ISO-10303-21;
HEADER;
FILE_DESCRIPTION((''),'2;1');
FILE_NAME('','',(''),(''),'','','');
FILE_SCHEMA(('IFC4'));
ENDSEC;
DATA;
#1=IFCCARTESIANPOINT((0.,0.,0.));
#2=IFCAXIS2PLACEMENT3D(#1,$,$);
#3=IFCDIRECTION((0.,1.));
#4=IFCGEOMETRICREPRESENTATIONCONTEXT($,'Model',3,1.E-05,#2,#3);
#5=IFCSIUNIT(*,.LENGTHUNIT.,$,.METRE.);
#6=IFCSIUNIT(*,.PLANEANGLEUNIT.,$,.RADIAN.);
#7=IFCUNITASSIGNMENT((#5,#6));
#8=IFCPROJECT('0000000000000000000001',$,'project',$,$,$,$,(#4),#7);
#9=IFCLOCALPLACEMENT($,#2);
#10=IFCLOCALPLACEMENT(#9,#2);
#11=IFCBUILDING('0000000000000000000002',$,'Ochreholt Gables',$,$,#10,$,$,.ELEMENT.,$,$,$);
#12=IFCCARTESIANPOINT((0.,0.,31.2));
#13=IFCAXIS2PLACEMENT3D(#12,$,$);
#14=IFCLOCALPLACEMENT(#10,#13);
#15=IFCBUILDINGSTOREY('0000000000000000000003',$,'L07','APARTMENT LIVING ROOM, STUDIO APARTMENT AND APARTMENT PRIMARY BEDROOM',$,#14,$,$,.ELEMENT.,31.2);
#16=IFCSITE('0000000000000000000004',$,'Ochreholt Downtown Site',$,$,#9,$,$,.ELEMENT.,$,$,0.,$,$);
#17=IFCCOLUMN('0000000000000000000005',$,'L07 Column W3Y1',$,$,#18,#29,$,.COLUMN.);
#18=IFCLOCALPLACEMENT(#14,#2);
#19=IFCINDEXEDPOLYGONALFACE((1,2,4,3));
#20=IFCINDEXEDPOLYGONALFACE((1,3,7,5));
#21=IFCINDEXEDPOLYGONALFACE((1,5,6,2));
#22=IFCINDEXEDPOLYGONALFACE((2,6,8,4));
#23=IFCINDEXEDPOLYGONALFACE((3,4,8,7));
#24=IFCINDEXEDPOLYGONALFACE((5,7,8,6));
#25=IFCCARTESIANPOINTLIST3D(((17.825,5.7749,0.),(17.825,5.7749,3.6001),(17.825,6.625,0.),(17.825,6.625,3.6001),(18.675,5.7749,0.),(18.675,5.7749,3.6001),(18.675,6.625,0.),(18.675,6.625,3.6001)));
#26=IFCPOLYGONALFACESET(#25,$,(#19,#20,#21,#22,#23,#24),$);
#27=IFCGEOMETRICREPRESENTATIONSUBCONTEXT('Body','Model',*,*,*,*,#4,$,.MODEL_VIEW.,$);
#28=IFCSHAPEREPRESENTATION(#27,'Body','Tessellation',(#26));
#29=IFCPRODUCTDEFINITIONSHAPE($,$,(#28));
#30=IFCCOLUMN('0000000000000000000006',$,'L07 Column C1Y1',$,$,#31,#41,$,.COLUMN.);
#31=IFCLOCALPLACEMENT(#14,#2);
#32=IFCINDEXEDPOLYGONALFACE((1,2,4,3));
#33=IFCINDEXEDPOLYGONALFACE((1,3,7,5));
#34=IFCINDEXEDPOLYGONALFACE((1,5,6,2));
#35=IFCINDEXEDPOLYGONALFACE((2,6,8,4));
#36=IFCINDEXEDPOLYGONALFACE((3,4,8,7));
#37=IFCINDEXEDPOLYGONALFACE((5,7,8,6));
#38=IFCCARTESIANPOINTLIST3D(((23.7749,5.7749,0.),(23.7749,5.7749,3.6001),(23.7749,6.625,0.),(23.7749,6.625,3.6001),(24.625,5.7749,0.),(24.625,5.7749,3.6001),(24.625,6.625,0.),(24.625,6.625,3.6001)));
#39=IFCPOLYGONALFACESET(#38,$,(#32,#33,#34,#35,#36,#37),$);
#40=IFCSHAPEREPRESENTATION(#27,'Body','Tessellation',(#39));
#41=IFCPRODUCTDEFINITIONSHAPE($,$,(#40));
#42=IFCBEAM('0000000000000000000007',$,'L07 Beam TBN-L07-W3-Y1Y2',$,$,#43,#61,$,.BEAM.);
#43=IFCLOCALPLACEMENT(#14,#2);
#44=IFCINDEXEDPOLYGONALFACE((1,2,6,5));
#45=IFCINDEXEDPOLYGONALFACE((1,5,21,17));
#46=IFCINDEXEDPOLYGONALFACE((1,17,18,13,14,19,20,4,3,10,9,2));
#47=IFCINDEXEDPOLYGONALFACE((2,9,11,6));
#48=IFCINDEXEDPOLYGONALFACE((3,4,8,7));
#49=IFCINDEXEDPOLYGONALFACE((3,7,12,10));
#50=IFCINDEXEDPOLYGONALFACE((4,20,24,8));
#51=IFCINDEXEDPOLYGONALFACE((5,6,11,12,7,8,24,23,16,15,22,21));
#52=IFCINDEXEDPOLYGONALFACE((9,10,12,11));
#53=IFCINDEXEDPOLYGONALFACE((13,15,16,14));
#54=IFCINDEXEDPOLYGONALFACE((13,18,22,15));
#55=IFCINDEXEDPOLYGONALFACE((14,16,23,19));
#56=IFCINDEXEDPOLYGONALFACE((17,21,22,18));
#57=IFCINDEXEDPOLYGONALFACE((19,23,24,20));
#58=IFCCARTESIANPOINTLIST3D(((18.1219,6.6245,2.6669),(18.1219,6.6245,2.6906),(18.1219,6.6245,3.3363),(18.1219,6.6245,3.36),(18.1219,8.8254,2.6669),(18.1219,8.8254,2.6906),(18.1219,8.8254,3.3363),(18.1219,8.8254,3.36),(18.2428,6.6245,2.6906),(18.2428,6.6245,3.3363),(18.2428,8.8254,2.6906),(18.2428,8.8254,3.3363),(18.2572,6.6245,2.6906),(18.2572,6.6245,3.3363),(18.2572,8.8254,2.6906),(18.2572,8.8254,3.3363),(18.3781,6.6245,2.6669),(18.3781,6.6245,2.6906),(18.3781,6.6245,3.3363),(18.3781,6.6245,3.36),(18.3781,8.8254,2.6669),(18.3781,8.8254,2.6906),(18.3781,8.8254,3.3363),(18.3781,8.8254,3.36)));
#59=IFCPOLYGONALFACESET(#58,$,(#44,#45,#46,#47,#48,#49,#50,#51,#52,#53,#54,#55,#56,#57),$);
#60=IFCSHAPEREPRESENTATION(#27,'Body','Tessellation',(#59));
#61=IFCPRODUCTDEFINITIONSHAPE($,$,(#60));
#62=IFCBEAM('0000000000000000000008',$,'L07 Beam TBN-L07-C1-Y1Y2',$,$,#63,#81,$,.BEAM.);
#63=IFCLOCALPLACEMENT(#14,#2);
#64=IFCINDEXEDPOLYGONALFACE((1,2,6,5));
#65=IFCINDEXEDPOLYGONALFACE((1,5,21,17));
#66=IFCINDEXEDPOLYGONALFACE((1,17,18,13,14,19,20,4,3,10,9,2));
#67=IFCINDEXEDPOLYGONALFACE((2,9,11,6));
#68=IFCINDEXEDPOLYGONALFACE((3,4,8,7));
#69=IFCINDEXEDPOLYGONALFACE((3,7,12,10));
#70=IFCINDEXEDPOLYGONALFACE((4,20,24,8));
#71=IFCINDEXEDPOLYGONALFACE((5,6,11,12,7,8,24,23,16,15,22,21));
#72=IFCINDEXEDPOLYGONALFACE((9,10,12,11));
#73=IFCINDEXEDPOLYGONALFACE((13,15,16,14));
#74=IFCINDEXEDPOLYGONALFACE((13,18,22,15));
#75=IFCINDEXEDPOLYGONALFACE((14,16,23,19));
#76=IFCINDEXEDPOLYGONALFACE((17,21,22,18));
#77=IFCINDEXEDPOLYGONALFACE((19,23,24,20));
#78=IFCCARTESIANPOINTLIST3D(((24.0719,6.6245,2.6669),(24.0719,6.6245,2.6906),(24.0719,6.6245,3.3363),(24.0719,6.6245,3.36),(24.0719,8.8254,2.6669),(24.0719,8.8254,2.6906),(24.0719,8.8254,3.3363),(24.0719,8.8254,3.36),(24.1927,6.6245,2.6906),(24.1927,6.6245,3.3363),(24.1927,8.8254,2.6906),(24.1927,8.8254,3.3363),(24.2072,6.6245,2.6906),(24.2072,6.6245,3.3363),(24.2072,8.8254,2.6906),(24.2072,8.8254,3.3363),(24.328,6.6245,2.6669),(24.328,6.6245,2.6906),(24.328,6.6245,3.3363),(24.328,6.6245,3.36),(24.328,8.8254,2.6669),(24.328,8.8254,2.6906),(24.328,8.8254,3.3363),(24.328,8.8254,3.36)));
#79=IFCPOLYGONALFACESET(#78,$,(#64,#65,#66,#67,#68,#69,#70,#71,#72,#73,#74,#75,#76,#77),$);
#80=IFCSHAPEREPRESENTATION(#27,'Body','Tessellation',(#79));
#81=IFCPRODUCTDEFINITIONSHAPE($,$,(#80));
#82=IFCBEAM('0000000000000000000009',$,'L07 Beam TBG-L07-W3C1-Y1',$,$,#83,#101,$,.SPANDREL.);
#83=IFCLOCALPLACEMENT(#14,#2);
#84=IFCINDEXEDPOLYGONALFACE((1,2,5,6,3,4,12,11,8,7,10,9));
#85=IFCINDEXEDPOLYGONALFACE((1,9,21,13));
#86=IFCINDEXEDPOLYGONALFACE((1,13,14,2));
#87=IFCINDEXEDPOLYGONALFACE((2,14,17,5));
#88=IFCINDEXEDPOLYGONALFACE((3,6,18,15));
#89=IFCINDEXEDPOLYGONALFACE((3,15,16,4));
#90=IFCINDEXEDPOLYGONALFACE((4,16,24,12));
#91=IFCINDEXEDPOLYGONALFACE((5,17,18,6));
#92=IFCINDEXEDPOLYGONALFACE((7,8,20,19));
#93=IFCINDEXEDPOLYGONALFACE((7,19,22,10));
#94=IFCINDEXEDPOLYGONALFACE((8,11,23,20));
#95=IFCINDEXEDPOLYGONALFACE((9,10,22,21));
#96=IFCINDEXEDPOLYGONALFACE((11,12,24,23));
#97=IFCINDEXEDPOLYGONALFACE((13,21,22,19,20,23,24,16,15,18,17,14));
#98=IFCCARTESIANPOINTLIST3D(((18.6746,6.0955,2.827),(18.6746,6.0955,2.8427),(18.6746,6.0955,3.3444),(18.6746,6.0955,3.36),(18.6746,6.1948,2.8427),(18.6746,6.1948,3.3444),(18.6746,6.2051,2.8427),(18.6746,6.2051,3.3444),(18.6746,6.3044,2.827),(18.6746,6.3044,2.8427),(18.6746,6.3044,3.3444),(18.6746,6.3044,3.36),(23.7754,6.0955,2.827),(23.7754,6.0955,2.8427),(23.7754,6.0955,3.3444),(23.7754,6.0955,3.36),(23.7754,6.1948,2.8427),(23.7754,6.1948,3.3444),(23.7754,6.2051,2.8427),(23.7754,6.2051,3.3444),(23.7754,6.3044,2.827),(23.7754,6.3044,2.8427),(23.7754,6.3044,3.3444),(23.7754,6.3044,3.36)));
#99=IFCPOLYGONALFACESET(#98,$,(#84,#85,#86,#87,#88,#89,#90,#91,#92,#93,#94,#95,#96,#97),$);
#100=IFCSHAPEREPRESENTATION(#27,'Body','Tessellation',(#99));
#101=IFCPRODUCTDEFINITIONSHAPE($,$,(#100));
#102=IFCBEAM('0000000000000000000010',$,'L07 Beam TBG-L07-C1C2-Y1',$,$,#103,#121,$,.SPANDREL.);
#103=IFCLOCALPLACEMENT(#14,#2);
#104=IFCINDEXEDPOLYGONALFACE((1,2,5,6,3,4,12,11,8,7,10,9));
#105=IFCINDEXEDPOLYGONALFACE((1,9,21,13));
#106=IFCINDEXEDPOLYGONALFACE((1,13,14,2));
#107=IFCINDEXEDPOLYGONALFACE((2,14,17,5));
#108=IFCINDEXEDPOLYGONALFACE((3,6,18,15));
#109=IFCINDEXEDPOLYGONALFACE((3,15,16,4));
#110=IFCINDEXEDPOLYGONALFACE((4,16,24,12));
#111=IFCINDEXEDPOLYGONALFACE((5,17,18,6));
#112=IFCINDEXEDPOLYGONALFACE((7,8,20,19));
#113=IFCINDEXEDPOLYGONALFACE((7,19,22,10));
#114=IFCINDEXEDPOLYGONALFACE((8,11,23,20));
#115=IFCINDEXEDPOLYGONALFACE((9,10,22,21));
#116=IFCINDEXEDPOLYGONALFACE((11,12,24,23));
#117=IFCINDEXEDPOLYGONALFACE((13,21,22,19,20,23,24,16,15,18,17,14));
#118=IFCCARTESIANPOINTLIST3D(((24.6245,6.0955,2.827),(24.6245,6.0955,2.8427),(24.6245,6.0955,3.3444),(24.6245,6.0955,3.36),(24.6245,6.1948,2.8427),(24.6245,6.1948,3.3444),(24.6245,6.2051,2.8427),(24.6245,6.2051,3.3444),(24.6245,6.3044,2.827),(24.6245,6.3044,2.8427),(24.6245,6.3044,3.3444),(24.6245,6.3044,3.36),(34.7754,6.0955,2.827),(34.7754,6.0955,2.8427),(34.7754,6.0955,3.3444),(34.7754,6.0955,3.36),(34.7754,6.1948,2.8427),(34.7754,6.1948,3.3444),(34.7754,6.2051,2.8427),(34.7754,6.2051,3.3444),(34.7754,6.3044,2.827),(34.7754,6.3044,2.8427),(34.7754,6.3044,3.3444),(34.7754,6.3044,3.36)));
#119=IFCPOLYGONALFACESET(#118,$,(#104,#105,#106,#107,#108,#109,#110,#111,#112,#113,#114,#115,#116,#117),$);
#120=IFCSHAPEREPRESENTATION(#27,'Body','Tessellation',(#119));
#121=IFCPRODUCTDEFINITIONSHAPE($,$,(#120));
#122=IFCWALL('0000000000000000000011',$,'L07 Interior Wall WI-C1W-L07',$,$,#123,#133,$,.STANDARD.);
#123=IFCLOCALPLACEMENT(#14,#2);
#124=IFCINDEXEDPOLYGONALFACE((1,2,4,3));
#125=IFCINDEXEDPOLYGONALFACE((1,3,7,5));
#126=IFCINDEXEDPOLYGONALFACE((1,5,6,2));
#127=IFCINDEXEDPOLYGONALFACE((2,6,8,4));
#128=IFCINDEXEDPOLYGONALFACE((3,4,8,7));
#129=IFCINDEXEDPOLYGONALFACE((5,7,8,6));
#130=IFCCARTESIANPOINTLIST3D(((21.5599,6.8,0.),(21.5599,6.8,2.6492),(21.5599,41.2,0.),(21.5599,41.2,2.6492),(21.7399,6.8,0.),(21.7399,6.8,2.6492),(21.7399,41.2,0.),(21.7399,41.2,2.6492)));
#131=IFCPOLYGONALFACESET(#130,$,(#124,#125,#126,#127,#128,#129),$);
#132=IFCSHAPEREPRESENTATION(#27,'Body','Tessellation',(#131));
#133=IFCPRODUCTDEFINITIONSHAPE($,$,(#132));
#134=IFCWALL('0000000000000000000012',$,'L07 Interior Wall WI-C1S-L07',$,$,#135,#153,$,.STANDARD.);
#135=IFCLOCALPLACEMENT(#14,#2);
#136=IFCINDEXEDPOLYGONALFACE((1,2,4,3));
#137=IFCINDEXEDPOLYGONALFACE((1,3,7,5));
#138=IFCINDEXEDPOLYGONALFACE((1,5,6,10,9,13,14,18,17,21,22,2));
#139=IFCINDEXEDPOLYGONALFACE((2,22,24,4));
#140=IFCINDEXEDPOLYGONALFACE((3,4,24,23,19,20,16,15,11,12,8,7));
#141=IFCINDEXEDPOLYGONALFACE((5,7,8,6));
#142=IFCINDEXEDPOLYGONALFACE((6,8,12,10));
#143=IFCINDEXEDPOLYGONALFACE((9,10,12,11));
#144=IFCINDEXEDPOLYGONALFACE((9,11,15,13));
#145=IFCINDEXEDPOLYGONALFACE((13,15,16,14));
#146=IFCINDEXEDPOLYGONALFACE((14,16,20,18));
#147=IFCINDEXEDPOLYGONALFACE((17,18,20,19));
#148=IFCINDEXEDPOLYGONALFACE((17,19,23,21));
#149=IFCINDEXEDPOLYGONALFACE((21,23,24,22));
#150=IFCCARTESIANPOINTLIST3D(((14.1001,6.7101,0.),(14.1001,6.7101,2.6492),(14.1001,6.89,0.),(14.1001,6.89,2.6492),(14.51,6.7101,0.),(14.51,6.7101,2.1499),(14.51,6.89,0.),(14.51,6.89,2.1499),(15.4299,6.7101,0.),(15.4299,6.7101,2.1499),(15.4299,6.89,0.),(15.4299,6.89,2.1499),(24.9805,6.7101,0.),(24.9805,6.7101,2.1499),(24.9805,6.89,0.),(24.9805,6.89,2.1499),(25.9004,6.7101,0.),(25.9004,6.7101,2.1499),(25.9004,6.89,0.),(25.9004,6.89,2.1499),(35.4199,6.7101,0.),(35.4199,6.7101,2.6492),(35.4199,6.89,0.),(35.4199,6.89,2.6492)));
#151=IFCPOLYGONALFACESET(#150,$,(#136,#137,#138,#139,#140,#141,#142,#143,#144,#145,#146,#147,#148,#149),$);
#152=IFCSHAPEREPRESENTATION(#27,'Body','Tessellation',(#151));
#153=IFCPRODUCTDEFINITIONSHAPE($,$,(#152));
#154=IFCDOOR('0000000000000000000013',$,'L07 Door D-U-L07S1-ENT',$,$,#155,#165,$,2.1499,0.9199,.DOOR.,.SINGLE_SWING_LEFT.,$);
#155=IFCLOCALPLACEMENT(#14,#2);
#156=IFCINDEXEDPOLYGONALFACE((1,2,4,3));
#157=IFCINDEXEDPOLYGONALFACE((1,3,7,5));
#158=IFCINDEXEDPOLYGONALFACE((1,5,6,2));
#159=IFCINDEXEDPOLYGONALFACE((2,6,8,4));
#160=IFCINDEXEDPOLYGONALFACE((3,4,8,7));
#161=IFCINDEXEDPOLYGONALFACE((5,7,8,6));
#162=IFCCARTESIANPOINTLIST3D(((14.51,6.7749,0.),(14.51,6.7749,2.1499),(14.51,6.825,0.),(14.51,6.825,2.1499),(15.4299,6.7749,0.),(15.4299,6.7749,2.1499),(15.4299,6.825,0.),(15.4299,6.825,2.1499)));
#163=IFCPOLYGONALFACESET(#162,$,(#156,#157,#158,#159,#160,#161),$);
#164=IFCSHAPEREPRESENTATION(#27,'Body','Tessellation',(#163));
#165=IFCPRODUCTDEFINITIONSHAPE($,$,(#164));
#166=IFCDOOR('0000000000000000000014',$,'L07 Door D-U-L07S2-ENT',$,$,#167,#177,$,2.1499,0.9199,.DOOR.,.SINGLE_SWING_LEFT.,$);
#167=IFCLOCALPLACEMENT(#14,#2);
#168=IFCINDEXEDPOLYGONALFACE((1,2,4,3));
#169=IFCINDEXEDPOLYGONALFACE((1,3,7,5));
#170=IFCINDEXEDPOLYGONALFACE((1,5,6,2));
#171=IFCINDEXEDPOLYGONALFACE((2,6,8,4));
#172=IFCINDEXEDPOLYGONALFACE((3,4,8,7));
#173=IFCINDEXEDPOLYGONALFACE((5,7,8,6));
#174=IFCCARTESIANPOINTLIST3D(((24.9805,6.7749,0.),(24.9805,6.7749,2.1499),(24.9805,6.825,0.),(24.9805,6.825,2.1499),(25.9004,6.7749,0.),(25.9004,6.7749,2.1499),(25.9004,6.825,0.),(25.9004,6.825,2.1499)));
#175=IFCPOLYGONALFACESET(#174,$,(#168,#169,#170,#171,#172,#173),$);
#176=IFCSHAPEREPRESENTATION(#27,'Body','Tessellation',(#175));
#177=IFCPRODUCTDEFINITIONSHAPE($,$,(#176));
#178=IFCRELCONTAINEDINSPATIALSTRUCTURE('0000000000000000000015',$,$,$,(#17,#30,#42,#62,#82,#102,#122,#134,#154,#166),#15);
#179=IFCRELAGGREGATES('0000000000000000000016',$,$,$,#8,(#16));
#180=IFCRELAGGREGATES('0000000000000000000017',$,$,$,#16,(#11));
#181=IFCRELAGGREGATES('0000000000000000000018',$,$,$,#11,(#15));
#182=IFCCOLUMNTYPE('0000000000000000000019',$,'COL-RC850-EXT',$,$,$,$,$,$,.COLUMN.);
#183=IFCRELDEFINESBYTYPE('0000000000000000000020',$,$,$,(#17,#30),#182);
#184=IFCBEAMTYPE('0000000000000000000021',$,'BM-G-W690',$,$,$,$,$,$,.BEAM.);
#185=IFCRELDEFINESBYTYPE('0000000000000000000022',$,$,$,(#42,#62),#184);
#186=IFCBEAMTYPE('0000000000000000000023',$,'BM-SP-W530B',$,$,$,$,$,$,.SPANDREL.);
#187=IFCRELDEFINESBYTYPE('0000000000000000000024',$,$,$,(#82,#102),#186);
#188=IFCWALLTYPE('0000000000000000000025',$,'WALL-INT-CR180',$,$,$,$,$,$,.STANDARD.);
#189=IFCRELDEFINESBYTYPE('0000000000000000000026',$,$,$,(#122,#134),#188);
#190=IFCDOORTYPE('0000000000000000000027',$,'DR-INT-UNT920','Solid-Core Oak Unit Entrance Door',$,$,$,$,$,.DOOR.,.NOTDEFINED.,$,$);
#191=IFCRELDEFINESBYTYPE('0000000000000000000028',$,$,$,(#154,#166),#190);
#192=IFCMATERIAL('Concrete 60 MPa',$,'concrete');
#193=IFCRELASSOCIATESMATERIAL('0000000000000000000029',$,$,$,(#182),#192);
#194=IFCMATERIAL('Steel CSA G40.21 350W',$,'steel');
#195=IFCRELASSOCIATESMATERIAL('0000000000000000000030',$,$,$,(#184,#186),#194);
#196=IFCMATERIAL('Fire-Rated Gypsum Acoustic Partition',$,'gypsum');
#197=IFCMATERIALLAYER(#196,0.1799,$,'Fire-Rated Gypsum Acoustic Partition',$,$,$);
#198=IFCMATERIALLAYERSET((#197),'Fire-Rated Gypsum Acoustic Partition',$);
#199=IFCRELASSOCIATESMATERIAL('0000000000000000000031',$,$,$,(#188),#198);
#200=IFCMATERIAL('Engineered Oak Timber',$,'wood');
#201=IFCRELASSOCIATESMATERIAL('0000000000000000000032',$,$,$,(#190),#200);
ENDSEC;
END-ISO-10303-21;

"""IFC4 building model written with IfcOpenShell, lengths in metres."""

from ifc_helpers import new_model, si_unit, direction, frame, frame_2d, origin, origin_2d, place, context, subcontext, project, spatial, rectangle, i_section, extrude, material, layer, layer_set, material_profile, profile_set, type_object, element, fill, save


model = new_model("IFC4")

# Units and contexts
model_context = context("Model", 3, precision=1e-05, world=origin(), true_north=direction((0.0, 1.0)))
body_context = subcontext(model_context, "Body", "Model", "MODEL_VIEW")
ifc_project = project(units=[si_unit("LENGTHUNIT", "METRE"), si_unit("PLANEANGLEUNIT", "RADIAN")], contexts=[model_context])

# Site, building, storey
site_placement = place(None, origin())
site = spatial("IfcSite", under=ifc_project, at=site_placement, Name="Ochreholt Downtown Site", CompositionType="ELEMENT", RefElevation=0.0)
building_placement = place(site_placement, origin())
building = spatial("IfcBuilding", under=site, at=building_placement, Name="Ochreholt Gables", CompositionType="ELEMENT")
storey_placement = place(building_placement, frame((0.0, 0.0, 31.2)))
storey = spatial("IfcBuildingStorey", under=building, at=storey_placement, Name="L07", Description="APARTMENT LIVING ROOM, STUDIO APARTMENT AND APARTMENT PRIMARY BEDROOM", CompositionType="ELEMENT", Elevation=31.2)

# Columns
ifc_material_1 = material(Name="Concrete 60 MPa", Category="concrete")
ifc_material_profile_1 = material_profile(ifc_material_1, rectangle(XDim=0.8501, YDim=0.8501, at=origin_2d()), Name="RC850X850")
ifc_profile_set_1 = profile_set([ifc_material_profile_1], Name="Concrete 60 MPa")
column_type = type_object("IfcColumnType", Name="COL-RC850-EXT", PredefinedType="COLUMN", material=ifc_profile_set_1)
for number, where, z_axis, x_axis, name in (
    (1, (18.25, 6.2, 0.0), (0.0, 0.0, 1.0), (1.0, 0.0, 0.0), "L07 Column W3Y1"),
    (2, (24.2, 6.2, 0.0), (0.0, 0.0, 1.0), (1.0, 0.0, 0.0), "L07 Column C1Y1"),
):
    element("IfcColumn", number, at=place(storey_placement, frame(where, z_axis=z_axis, x_axis=x_axis)), inside=storey, type_object=column_type, Name=name, PredefinedType="COLUMN", context=body_context, shape_type="SweptSolid", body=[
        extrude(rectangle(XDim=0.8501, YDim=0.8501, at=origin_2d()), origin(), (0.0, 0.0, 1.0), 3.6001),
    ])

# Beams
ifc_material_2 = material(Name="Steel CSA G40.21 350W", Category="steel")
ifc_material_profile_2 = material_profile(ifc_material_2, i_section(OverallWidth=0.2561, OverallDepth=0.6931, WebThickness=0.0144, FlangeThickness=0.0237, at=origin_2d()), Name="W690X170")
ifc_profile_set_2 = profile_set([ifc_material_profile_2], Name="Steel CSA G40.21 350W")
beam_type_1 = type_object("IfcBeamType", Name="BM-G-W690", PredefinedType="BEAM", material=ifc_profile_set_2)
for number, where, z_axis, x_axis, name in (
    (3, (18.25, 6.6245, 3.0134), (0.0, 1.0, 0.0), (-1.0, 0.0, 0.0), "L07 Beam TBN-L07-W3-Y1Y2"),
    (4, (24.2, 6.6245, 3.0134), (0.0, 1.0, 0.0), (-1.0, 0.0, 0.0), "L07 Beam TBN-L07-C1-Y1Y2"),
):
    element("IfcBeam", number, at=place(storey_placement, frame(where, z_axis=z_axis, x_axis=x_axis)), inside=storey, type_object=beam_type_1, Name=name, PredefinedType="BEAM", context=body_context, shape_type="SweptSolid", body=[
        extrude(i_section(OverallWidth=0.2561, OverallDepth=0.6931, WebThickness=0.0144, FlangeThickness=0.0237, at=origin_2d()), origin(), (0.0, 0.0, 1.0), 2.2009),
    ])
ifc_material_profile_3 = material_profile(ifc_material_2, i_section(OverallWidth=0.209, OverallDepth=0.533, WebThickness=0.0103, FlangeThickness=0.0156, at=origin_2d()), Name="W530X92")
ifc_profile_set_3 = profile_set([ifc_material_profile_3], Name="Steel CSA G40.21 350W")
beam_type_2 = type_object("IfcBeamType", Name="BM-SP-W530B", PredefinedType="SPANDREL", material=ifc_profile_set_3)
beam_1_placement = place(storey_placement, frame((18.6746, 6.2, 3.0935), z_axis=(1.0, 0.0, 0.0), x_axis=(0.0, 1.0, 0.0)))
element("IfcBeam", 5, at=beam_1_placement, inside=storey, type_object=beam_type_2, Name="L07 Beam TBG-L07-W3C1-Y1", PredefinedType="SPANDREL", context=body_context, shape_type="SweptSolid", body=[
    extrude(i_section(OverallWidth=0.209, OverallDepth=0.533, WebThickness=0.0103, FlangeThickness=0.0156, at=origin_2d()), origin(), (0.0, 0.0, 1.0), 5.1008),
])
beam_2_placement = place(storey_placement, frame((24.6245, 6.2, 3.0935), z_axis=(1.0, 0.0, 0.0), x_axis=(0.0, 1.0, 0.0)))
element("IfcBeam", 6, at=beam_2_placement, inside=storey, type_object=beam_type_2, Name="L07 Beam TBG-L07-C1C2-Y1", PredefinedType="SPANDREL", context=body_context, shape_type="SweptSolid", body=[
    extrude(i_section(OverallWidth=0.209, OverallDepth=0.533, WebThickness=0.0103, FlangeThickness=0.0156, at=origin_2d()), origin(), (0.0, 0.0, 1.0), 10.1509),
])

# Wall
ifc_material_3 = material(Name="Fire-Rated Gypsum Acoustic Partition", Category="gypsum")
ifc_layer_1 = layer(ifc_material_3, 0.1799, Name="Fire-Rated Gypsum Acoustic Partition")
ifc_layer_set_1 = layer_set([ifc_layer_1], Name="Fire-Rated Gypsum Acoustic Partition")
wall_type_1 = type_object("IfcWallType", Name="WALL-INT-CR180", PredefinedType="STANDARD", material=ifc_layer_set_1)
wall_1_placement = place(storey_placement, frame((21.6499, 6.8, 0.0), z_axis=(0.0, 0.0, 1.0), x_axis=(0.0, 1.0, 0.0)))
element("IfcWall", 7, at=wall_1_placement, inside=storey, type_object=wall_type_1, Name="L07 Interior Wall WI-C1W-L07", PredefinedType="STANDARD", context=body_context, shape_type="SweptSolid", body=[
    extrude(rectangle(XDim=34.3999, YDim=0.1799, at=frame_2d((17.2, 0.0))), origin(), (0.0, 0.0, 1.0), 2.6492),
])

# Wall, openings, doors
wall_2_placement = place(storey_placement, frame((14.1001, 6.8, 0.0), z_axis=(0.0, 0.0, 1.0), x_axis=(1.0, 0.0, 0.0)))
wall_2 = element("IfcWall", 8, at=wall_2_placement, inside=storey, type_object=wall_type_1, Name="L07 Interior Wall WI-C1S-L07", PredefinedType="STANDARD", context=body_context, shape_type="SweptSolid", body=[
    extrude(rectangle(XDim=21.3198, YDim=0.1799, at=frame_2d((10.6599, 0.0))), origin(), (0.0, 0.0, 1.0), 2.6492),
])
opening_1_placement = place(wall_2_placement, frame((0.4099, 0.0, 0.0)))
opening_1 = element("IfcOpeningElement", 9, at=opening_1_placement, cuts=wall_2, PredefinedType="OPENING", context=body_context, shape_type="SweptSolid", body=[
    extrude(rectangle(XDim=0.9199, YDim=2.1499, at=frame_2d((0.46, 1.075))), frame((0.0, 0.0999, 0.0), z_axis=(0.0, -1.0, 0.0), x_axis=(1.0, 0.0, 0.0)), (0.0, 0.0, 1.0), 0.2),
])
opening_2_placement = place(wall_2_placement, frame((10.8804, 0.0, 0.0)))
opening_2 = element("IfcOpeningElement", 10, at=opening_2_placement, cuts=wall_2, PredefinedType="OPENING", context=body_context, shape_type="SweptSolid", body=[
    extrude(rectangle(XDim=0.9199, YDim=2.1499, at=frame_2d((0.46, 1.075))), frame((0.0, 0.0999, 0.0), z_axis=(0.0, -1.0, 0.0), x_axis=(1.0, 0.0, 0.0)), (0.0, 0.0, 1.0), 0.2),
])
ifc_material_4 = material(Name="Engineered Oak Timber", Category="wood")
door_type_1 = type_object("IfcDoorType", Name="DR-INT-UNT920", Description="Solid-Core Oak Unit Entrance Door", OperationType="NOTDEFINED", PredefinedType="DOOR", material=ifc_material_4)
door_1_placement = place(opening_1_placement, origin())
door_1 = element("IfcDoor", 11, at=door_1_placement, inside=storey, type_object=door_type_1, Name="L07 Door D-U-L07S1-ENT", OperationType="SINGLE_SWING_LEFT", OverallHeight=2.1499, OverallWidth=0.9199, PredefinedType="DOOR", context=body_context, shape_type="SweptSolid", body=[
    extrude(rectangle(XDim=0.9199, YDim=2.1499, at=frame_2d((0.46, 1.075))), frame((0.0, 0.0249, 0.0), z_axis=(0.0, -1.0, 0.0), x_axis=(1.0, 0.0, 0.0)), (0.0, 0.0, 1.0), 0.05),
])
fill(opening_1, door_1)
door_2_placement = place(opening_2_placement, origin())
door_2 = element("IfcDoor", 12, at=door_2_placement, inside=storey, type_object=door_type_1, Name="L07 Door D-U-L07S2-ENT", OperationType="SINGLE_SWING_LEFT", OverallHeight=2.1499, OverallWidth=0.9199, PredefinedType="DOOR", context=body_context, shape_type="SweptSolid", body=[
    extrude(rectangle(XDim=0.9199, YDim=2.1499, at=frame_2d((0.46, 1.075))), frame((0.0, 0.0249, 0.0), z_axis=(0.0, -1.0, 0.0), x_axis=(1.0, 0.0, 0.0)), (0.0, 0.0, 1.0), 0.05),
])
fill(opening_2, door_2)

save(model, "model.ifc")
